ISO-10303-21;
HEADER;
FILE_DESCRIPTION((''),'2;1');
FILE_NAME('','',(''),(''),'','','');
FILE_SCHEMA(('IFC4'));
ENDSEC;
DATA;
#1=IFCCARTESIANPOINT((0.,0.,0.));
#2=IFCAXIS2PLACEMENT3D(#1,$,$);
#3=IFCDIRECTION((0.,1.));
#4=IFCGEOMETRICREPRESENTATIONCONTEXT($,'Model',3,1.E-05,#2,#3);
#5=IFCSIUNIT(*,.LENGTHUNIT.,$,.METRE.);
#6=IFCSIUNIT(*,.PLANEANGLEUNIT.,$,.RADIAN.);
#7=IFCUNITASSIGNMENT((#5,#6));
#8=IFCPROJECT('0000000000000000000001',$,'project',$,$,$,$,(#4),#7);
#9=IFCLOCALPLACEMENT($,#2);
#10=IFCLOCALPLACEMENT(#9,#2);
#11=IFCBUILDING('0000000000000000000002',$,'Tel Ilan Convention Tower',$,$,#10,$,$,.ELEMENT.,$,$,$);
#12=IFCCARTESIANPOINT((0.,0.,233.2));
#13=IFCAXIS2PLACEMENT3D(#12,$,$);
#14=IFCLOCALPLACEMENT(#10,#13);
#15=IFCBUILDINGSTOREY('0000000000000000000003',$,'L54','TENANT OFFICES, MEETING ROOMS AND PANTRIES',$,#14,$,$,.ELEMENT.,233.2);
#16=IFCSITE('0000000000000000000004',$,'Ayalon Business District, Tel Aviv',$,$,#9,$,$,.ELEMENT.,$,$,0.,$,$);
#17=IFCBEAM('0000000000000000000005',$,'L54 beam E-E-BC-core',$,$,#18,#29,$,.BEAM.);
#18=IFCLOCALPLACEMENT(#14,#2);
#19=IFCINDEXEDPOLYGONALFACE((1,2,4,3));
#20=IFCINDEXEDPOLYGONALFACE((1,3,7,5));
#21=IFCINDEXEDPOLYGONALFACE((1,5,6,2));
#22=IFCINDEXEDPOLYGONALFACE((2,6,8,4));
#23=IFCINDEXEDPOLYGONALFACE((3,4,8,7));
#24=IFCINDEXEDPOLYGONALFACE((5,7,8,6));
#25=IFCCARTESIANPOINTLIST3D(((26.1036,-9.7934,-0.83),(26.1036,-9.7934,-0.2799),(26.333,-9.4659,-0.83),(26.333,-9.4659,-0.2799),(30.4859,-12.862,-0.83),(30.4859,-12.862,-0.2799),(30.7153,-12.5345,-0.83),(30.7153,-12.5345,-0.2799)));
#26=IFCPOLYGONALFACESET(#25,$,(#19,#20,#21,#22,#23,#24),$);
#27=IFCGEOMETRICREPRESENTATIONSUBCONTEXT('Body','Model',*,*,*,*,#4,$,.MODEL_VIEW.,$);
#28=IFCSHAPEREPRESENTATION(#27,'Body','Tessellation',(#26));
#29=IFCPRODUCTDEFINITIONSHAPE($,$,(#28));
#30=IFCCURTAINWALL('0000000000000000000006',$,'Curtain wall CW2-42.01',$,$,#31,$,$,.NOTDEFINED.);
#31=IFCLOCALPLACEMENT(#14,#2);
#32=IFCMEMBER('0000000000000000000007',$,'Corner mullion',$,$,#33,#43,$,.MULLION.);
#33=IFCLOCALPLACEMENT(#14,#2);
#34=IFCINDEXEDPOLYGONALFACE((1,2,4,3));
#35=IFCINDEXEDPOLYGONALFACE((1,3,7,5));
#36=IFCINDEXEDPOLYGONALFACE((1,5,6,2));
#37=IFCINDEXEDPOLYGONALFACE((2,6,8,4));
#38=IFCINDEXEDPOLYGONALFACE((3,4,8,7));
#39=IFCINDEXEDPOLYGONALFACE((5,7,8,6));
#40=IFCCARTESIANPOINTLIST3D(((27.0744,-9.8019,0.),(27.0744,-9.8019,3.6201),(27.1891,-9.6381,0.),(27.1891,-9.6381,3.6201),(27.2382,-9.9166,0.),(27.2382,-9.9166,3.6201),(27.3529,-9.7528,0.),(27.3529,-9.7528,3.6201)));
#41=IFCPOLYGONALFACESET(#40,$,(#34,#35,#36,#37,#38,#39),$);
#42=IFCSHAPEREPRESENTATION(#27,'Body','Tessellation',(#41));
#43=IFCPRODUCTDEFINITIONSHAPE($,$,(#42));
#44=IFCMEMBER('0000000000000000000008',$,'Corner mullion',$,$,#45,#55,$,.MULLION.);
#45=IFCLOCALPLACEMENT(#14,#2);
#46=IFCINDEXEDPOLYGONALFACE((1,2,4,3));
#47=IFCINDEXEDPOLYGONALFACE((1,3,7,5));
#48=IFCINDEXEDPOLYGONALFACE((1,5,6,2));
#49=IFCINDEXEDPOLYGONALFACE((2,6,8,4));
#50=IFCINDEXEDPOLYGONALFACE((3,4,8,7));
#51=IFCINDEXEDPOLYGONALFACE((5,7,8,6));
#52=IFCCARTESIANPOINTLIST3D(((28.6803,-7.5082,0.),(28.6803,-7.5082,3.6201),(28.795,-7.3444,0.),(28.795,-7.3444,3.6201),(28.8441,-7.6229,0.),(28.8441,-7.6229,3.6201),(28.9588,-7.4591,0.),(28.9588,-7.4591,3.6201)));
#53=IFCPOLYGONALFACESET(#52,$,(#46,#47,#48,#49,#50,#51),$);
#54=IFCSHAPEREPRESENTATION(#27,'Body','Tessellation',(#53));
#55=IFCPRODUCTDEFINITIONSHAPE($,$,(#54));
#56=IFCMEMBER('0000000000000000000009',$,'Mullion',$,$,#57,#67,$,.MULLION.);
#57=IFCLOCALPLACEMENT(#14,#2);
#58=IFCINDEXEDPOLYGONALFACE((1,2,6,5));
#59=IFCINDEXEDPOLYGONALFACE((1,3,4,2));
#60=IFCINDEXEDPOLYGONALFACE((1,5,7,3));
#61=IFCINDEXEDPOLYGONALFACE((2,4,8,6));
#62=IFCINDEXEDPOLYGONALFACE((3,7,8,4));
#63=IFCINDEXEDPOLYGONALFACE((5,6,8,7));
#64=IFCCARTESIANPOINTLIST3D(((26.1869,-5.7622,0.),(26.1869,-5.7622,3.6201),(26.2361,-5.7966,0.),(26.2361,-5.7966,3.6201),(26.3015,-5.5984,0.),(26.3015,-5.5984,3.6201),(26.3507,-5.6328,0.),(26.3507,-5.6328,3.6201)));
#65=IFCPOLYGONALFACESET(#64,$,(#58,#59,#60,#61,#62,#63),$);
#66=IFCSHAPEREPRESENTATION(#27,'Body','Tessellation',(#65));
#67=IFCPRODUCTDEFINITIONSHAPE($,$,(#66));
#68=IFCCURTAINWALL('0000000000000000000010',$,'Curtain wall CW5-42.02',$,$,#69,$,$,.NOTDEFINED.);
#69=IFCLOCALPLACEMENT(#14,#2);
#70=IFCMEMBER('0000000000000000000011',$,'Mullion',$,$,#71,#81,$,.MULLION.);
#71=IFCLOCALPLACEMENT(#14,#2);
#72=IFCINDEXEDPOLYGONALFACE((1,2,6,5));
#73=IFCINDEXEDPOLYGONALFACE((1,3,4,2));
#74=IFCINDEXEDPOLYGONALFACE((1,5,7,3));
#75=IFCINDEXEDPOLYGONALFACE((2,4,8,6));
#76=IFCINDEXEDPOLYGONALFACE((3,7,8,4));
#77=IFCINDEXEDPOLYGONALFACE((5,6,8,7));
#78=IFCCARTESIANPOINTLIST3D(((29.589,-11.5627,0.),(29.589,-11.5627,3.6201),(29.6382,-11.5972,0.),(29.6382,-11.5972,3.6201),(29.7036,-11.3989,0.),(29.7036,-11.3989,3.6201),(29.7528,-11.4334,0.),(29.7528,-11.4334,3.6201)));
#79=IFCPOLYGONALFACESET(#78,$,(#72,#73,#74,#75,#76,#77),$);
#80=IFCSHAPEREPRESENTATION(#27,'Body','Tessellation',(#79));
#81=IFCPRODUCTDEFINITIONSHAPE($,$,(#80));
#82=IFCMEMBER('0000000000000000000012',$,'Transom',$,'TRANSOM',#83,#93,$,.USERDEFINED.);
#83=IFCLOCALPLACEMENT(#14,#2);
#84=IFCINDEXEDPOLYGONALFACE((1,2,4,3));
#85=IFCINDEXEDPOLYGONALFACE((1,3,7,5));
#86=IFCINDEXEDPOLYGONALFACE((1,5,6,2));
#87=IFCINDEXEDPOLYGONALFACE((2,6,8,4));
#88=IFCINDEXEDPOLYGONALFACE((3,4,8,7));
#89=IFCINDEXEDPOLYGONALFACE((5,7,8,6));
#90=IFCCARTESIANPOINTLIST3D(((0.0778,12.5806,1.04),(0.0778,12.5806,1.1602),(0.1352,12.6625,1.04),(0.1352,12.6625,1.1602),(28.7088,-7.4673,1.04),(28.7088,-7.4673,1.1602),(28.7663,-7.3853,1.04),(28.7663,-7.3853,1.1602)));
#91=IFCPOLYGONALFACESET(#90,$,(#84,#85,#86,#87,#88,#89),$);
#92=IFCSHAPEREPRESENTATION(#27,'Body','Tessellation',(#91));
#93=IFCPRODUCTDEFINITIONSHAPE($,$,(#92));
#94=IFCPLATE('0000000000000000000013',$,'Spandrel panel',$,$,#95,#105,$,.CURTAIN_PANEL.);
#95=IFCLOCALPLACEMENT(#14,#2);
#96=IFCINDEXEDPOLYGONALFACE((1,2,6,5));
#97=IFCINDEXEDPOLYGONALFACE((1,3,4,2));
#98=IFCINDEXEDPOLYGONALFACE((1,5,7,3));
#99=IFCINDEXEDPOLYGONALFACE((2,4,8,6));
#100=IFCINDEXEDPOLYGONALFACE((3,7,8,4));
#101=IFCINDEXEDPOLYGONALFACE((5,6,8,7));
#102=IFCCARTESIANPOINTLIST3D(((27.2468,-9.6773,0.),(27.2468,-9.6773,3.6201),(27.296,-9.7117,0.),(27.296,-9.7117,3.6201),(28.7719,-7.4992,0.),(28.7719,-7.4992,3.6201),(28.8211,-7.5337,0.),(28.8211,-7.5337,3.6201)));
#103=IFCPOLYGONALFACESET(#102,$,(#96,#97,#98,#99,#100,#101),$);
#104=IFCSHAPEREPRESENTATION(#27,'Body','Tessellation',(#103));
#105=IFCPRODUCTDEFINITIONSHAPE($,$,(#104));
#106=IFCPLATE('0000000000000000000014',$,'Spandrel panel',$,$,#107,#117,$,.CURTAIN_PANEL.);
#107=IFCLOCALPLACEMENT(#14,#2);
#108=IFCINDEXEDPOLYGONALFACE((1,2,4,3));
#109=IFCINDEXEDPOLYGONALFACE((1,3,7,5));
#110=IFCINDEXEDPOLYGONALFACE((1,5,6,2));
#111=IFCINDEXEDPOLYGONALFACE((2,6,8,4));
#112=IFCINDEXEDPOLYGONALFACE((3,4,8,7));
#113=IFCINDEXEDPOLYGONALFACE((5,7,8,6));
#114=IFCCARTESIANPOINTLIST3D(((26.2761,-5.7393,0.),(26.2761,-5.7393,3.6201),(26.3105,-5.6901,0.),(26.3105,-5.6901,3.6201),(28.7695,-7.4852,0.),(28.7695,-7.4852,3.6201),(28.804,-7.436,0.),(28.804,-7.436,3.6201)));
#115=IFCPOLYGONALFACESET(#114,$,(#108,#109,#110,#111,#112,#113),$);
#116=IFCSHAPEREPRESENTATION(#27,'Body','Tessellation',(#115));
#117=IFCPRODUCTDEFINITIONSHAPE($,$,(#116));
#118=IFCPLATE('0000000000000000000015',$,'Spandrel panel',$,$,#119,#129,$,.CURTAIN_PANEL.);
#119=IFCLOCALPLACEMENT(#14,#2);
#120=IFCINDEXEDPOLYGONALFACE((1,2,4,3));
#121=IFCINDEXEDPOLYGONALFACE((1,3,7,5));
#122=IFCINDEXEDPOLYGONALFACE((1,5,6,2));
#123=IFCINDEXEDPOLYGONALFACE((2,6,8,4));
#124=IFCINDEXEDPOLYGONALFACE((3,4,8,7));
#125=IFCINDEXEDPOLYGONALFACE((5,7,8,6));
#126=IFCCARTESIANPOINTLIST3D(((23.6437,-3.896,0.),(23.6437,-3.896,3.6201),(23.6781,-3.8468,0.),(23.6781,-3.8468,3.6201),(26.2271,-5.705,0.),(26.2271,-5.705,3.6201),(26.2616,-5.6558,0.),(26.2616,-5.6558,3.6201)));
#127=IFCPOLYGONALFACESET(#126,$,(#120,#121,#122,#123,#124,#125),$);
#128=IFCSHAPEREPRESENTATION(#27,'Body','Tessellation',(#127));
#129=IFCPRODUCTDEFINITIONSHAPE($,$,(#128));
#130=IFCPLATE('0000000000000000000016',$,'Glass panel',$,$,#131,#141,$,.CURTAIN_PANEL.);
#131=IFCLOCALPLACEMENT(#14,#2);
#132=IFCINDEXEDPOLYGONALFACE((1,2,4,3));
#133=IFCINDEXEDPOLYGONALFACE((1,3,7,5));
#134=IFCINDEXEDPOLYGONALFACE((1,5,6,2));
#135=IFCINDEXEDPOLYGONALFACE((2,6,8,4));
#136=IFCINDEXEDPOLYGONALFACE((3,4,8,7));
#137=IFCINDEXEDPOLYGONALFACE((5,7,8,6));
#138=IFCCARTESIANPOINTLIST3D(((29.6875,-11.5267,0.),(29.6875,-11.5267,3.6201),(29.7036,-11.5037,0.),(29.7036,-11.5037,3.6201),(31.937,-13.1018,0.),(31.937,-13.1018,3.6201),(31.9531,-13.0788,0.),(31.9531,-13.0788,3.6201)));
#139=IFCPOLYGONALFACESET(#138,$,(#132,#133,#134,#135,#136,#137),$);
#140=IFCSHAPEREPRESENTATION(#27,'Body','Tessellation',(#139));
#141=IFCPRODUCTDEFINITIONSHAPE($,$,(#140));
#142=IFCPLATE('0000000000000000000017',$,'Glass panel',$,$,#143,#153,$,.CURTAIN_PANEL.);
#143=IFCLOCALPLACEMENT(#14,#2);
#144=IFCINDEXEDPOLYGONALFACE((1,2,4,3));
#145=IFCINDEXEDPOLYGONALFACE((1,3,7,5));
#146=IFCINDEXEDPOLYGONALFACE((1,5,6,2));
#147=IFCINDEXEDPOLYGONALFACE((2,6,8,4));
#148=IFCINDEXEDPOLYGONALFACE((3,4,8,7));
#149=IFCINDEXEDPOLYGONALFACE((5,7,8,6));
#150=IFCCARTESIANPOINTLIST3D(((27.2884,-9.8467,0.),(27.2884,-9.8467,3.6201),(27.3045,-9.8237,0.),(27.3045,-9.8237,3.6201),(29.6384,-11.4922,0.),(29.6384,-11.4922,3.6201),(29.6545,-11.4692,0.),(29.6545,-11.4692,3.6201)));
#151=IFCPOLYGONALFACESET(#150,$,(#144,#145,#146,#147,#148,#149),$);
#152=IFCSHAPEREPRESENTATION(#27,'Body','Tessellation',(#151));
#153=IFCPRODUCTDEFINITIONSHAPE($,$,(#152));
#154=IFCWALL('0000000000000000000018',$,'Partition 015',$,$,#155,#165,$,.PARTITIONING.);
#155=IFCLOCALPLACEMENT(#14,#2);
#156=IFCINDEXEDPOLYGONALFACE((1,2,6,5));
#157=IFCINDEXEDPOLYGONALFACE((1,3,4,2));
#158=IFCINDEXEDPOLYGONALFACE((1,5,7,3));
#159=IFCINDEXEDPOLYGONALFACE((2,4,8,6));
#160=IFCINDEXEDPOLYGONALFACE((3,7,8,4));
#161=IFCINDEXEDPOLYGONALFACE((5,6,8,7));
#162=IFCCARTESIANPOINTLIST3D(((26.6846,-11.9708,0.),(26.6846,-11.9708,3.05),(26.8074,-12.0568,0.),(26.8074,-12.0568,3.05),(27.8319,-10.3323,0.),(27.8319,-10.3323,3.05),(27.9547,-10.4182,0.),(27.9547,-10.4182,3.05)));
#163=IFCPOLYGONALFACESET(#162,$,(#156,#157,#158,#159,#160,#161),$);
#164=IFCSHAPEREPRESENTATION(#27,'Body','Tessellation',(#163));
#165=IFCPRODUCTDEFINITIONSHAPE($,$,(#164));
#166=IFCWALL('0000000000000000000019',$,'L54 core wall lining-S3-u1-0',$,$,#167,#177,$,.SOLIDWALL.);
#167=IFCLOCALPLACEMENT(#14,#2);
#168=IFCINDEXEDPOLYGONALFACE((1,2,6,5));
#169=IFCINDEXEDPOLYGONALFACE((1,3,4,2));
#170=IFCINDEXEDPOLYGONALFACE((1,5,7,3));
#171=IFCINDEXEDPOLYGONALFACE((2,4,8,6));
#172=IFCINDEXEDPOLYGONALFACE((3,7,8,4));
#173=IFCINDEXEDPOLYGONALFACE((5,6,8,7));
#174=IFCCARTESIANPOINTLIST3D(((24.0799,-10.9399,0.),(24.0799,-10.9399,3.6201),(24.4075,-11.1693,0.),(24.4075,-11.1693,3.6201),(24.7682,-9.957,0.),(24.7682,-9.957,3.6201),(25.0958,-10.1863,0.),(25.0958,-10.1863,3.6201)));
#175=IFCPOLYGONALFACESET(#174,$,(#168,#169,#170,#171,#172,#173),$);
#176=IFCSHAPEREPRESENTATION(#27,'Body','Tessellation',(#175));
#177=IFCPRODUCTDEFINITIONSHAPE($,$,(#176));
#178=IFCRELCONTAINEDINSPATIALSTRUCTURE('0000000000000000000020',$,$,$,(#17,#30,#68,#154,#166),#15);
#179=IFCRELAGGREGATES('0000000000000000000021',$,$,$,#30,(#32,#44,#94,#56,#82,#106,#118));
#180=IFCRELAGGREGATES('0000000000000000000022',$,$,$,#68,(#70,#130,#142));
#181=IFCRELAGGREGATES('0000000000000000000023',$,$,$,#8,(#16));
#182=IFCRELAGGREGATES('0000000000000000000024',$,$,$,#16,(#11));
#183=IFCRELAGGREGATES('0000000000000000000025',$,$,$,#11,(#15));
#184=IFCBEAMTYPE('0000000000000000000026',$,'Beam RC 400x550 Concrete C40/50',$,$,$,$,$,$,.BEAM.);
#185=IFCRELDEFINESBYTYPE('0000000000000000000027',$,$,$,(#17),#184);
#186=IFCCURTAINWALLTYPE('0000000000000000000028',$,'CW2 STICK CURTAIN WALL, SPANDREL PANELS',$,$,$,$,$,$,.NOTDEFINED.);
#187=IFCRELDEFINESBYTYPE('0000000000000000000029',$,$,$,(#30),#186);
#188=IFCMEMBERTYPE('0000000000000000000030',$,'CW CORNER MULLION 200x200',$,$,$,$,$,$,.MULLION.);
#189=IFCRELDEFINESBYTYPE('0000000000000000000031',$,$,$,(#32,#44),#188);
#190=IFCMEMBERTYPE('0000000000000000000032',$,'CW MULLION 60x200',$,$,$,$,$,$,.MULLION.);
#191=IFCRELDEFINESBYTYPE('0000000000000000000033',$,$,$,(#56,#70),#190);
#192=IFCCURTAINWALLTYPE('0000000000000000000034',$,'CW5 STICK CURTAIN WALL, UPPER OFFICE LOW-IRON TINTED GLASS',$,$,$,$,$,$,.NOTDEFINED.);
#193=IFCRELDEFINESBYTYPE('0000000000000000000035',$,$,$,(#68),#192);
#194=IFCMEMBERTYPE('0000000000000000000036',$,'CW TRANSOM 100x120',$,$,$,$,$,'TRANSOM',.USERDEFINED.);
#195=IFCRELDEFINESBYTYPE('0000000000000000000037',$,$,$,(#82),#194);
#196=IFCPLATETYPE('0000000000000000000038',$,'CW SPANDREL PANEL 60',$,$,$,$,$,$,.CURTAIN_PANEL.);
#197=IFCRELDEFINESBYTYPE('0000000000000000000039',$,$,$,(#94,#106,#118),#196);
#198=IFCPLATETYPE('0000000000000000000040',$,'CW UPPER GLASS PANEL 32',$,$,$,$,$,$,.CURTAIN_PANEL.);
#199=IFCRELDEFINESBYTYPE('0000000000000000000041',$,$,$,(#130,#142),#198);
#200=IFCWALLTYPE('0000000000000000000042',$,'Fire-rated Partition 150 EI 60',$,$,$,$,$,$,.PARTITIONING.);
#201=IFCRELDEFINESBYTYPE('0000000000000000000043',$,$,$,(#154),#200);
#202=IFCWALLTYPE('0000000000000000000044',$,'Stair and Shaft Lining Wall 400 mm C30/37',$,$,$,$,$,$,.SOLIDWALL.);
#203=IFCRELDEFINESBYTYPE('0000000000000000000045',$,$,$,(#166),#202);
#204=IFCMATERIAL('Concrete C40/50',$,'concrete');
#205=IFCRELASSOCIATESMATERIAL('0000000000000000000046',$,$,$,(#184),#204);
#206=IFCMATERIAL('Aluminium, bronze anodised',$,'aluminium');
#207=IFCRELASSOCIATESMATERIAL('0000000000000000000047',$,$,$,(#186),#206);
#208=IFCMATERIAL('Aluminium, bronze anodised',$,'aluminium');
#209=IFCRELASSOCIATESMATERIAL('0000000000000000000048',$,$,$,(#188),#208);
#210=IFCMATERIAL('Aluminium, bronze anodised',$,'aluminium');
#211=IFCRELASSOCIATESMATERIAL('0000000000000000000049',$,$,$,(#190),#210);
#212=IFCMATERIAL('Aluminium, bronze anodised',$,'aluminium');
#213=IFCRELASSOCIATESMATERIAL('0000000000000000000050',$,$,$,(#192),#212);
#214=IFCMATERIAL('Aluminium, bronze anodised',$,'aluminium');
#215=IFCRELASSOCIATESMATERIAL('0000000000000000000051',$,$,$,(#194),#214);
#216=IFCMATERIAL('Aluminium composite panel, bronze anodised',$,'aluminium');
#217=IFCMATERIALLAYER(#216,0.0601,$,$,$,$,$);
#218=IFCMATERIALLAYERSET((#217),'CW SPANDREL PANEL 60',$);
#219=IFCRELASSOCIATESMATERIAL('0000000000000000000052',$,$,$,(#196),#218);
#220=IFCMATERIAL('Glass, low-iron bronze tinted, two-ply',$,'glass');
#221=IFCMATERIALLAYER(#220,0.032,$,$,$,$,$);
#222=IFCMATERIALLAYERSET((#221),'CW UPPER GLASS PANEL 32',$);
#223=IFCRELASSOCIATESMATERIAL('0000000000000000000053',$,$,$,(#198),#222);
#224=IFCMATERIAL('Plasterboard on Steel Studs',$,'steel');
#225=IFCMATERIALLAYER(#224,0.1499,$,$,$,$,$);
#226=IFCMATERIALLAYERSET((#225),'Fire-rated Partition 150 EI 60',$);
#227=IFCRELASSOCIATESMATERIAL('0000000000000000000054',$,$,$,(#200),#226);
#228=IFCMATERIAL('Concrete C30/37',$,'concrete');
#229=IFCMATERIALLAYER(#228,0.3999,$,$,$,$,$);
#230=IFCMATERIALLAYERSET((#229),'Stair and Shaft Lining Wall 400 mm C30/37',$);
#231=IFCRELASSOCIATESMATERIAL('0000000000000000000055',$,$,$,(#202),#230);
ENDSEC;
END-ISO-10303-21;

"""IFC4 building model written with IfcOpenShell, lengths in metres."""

from ifc_helpers import new_model, si_unit, direction, frame, frame_2d, origin, origin_2d, place, context, subcontext, project, spatial, rectangle, extrude, material, layer, layer_set, material_profile, profile_set, type_object, element, aggregate, save


model = new_model("IFC4")

# Units and contexts
model_context = context("Model", 3, precision=1e-05, world=origin(), true_north=direction((0.0, 1.0)))
body_context = subcontext(model_context, "Body", "Model", "MODEL_VIEW")
ifc_project = project(units=[si_unit("LENGTHUNIT", "METRE"), si_unit("PLANEANGLEUNIT", "RADIAN")], contexts=[model_context])

# Site, building, storey
site_placement = place(None, origin())
site = spatial("IfcSite", under=ifc_project, at=site_placement, Name="Ayalon Business District, Tel Aviv", CompositionType="ELEMENT", RefElevation=0.0)
building_placement = place(site_placement, origin())
building = spatial("IfcBuilding", under=site, at=building_placement, Name="Tel Ilan Convention Tower", CompositionType="ELEMENT")
storey_placement = place(building_placement, frame((0.0, 0.0, 233.2)))
storey = spatial("IfcBuildingStorey", under=building, at=storey_placement, Name="L54", Description="TENANT OFFICES, MEETING ROOMS AND PANTRIES", CompositionType="ELEMENT", Elevation=233.2)

# Beam
ifc_material_1 = material(Name="Concrete C40/50", Category="concrete")
ifc_material_profile_1 = material_profile(ifc_material_1, rectangle(XDim=0.3999, YDim=0.55, at=origin_2d()), Name="RC 400x550")
ifc_profile_set_1 = profile_set([ifc_material_profile_1], Name="Concrete C40/50")
beam_type = type_object("IfcBeamType", Name="Beam RC 400x550 Concrete C40/50", PredefinedType="BEAM", material=ifc_profile_set_1)
beam_placement = place(storey_placement, frame((30.6006, -12.6982, -0.5549), z_axis=(-0.819146, 0.573585, 0.0), x_axis=(-0.573585, -0.819146, 0.0)))
element("IfcBeam", 1, at=beam_placement, inside=storey, type_object=beam_type, Name="L54 beam E-E-BC-core", PredefinedType="BEAM", context=body_context, shape_type="SweptSolid", body=[
    extrude(rectangle(XDim=0.3999, YDim=0.55, at=origin_2d()), origin(), (0.0, 0.0, 1.0), 5.3499),
])

# Curtain wall, members
ifc_material_2 = material(Name="Aluminium, bronze anodised", Category="aluminium")
curtain_wall_type_1 = type_object("IfcCurtainWallType", Name="CW2 STICK CURTAIN WALL, SPANDREL PANELS", PredefinedType="NOTDEFINED", material=ifc_material_2)
curtain_wall_1_placement = place(storey_placement, origin())
curtain_wall_1 = element("IfcCurtainWall", 2, at=curtain_wall_1_placement, inside=storey, type_object=curtain_wall_type_1, Name="Curtain wall CW2-42.01", PredefinedType="NOTDEFINED")
ifc_material_3 = material(Name="Aluminium, bronze anodised", Category="aluminium")
ifc_material_profile_2 = material_profile(ifc_material_3, rectangle(XDim=0.2, YDim=0.2, at=origin_2d()), Name="CW CORNER MULLION 200x200")
ifc_profile_set_2 = profile_set([ifc_material_profile_2], Name="Aluminium, bronze anodised")
member_type_1 = type_object("IfcMemberType", Name="CW CORNER MULLION 200x200", PredefinedType="MULLION", material=ifc_profile_set_2)
member_1_placement = place(storey_placement, frame((27.2136, -9.7773, 0.0), z_axis=(0.0, 0.0, 1.0), x_axis=(-0.819152, 0.573576, 0.0)))
member_1 = element("IfcMember", 3, at=member_1_placement, type_object=member_type_1, Name="Corner mullion", PredefinedType="MULLION", context=body_context, shape_type="SweptSolid", body=[
    extrude(rectangle(XDim=0.2, YDim=0.2, at=origin_2d()), origin(), (0.0, 0.0, 1.0), 3.6201),
])
member_2_placement = place(storey_placement, frame((28.8196, -7.4836, 0.0), z_axis=(0.0, 0.0, 1.0), x_axis=(0.573576, 0.819152, 0.0)))
member_2 = element("IfcMember", 4, at=member_2_placement, type_object=member_type_1, Name="Corner mullion", PredefinedType="MULLION", context=body_context, shape_type="SweptSolid", body=[
    extrude(rectangle(XDim=0.2, YDim=0.2, at=origin_2d()), origin(), (0.0, 0.0, 1.0), 3.6201),
])
ifc_material_4 = material(Name="Aluminium, bronze anodised", Category="aluminium")
ifc_material_profile_3 = material_profile(ifc_material_4, rectangle(XDim=0.0601, YDim=0.2, at=origin_2d()), Name="CW MULLION 60x200")
ifc_profile_set_3 = profile_set([ifc_material_profile_3], Name="Aluminium, bronze anodised")
member_type_2 = type_object("IfcMemberType", Name="CW MULLION 60x200", PredefinedType="MULLION", material=ifc_profile_set_3)
member_3_placement = place(storey_placement, frame((26.2688, -5.6975, 0.0), z_axis=(0.0, 0.0, 1.0), x_axis=(-0.819152, 0.573576, 0.0)))
member_3 = element("IfcMember", 5, at=member_3_placement, type_object=member_type_2, Name="Mullion", PredefinedType="MULLION", context=body_context, shape_type="SweptSolid", body=[
    extrude(rectangle(XDim=0.0601, YDim=0.2, at=origin_2d()), origin(), (0.0, 0.0, 1.0), 3.6201),
])

# Curtain wall, member
ifc_material_5 = material(Name="Aluminium, bronze anodised", Category="aluminium")
curtain_wall_type_2 = type_object("IfcCurtainWallType", Name="CW5 STICK CURTAIN WALL, UPPER OFFICE LOW-IRON TINTED GLASS", PredefinedType="NOTDEFINED", material=ifc_material_5)
curtain_wall_2_placement = place(storey_placement, origin())
curtain_wall_2 = element("IfcCurtainWall", 6, at=curtain_wall_2_placement, inside=storey, type_object=curtain_wall_type_2, Name="Curtain wall CW5-42.02", PredefinedType="NOTDEFINED")
member_4_placement = place(storey_placement, frame((29.6709, -11.498, 0.0), z_axis=(0.0, 0.0, 1.0), x_axis=(-0.819152, 0.573576, 0.0)))
member_4 = element("IfcMember", 7, at=member_4_placement, type_object=member_type_2, Name="Mullion", PredefinedType="MULLION", context=body_context, shape_type="SweptSolid", body=[
    extrude(rectangle(XDim=0.0601, YDim=0.2, at=origin_2d()), origin(), (0.0, 0.0, 1.0), 3.6201),
])

# Member
ifc_material_6 = material(Name="Aluminium, bronze anodised", Category="aluminium")
ifc_material_profile_4 = material_profile(ifc_material_6, rectangle(XDim=0.1001, YDim=0.1201, at=origin_2d()), Name="CW TRANSOM 100x120")
ifc_profile_set_4 = profile_set([ifc_material_profile_4], Name="Aluminium, bronze anodised")
member_type_3 = type_object("IfcMemberType", Name="CW TRANSOM 100x120", ElementType="TRANSOM", PredefinedType="USERDEFINED", material=ifc_profile_set_4)
member_5_placement = place(storey_placement, frame((28.7375, -7.4263, 1.1001), z_axis=(-0.81915, 0.573579, 0.0), x_axis=(-0.573579, -0.81915, 0.0)))
member_5 = element("IfcMember", 8, at=member_5_placement, type_object=member_type_3, Name="Transom", ObjectType="TRANSOM", PredefinedType="USERDEFINED", context=body_context, shape_type="SweptSolid", body=[
    extrude(rectangle(XDim=0.1001, YDim=0.1201, at=origin_2d()), origin(), (0.0, 0.0, 1.0), 34.9521),
])

# Plates
ifc_material_7 = material(Name="Aluminium composite panel, bronze anodised", Category="aluminium")
ifc_layer_1 = layer(ifc_material_7, 0.0601)
ifc_layer_set_1 = layer_set([ifc_layer_1], Name="CW SPANDREL PANEL 60")
plate_type_1 = type_object("IfcPlateType", Name="CW SPANDREL PANEL 60", PredefinedType="CURTAIN_PANEL", material=ifc_layer_set_1)
plate_1_placement = place(storey_placement, frame((28.0339, -8.6055, 0.0), z_axis=(0.0, 0.0, 1.0), x_axis=(0.573576, 0.819152, 0.0)))
plate_1 = element("IfcPlate", 9, at=plate_1_placement, type_object=plate_type_1, Name="Spandrel panel", PredefinedType="CURTAIN_PANEL", context=body_context, shape_type="SweptSolid", body=[
    extrude(rectangle(XDim=2.6589, YDim=0.0601, at=origin_2d()), origin(), (0.0, 0.0, 1.0), 3.6201),
])
plate_2_placement = place(storey_placement, frame((27.54, -6.5876, 0.0), z_axis=(0.0, 0.0, 1.0), x_axis=(-0.819152, 0.573576, 0.0)))
plate_2 = element("IfcPlate", 10, at=plate_2_placement, type_object=plate_type_1, Name="Spandrel panel", PredefinedType="CURTAIN_PANEL", context=body_context, shape_type="SweptSolid", body=[
    extrude(rectangle(XDim=3.0439, YDim=0.0601, at=origin_2d()), origin(), (0.0, 0.0, 1.0), 3.6201),
])
plate_3_placement = place(storey_placement, frame((24.9526, -4.7759, 0.0), z_axis=(0.0, 0.0, 1.0), x_axis=(-0.819152, 0.573576, 0.0)))
plate_3 = element("IfcPlate", 11, at=plate_3_placement, type_object=plate_type_1, Name="Spandrel panel", PredefinedType="CURTAIN_PANEL", context=body_context, shape_type="SweptSolid", body=[
    extrude(rectangle(XDim=3.1538, YDim=0.0601, at=origin_2d()), origin(), (0.0, 0.0, 1.0), 3.6201),
])
aggregate(curtain_wall_1, [member_1, member_2, plate_1, member_3, member_5, plate_2, plate_3])
ifc_material_8 = material(Name="Glass, low-iron bronze tinted, two-ply", Category="glass")
ifc_layer_2 = layer(ifc_material_8, 0.032)
ifc_layer_set_2 = layer_set([ifc_layer_2], Name="CW UPPER GLASS PANEL 32")
plate_type_2 = type_object("IfcPlateType", Name="CW UPPER GLASS PANEL 32", PredefinedType="CURTAIN_PANEL", material=ifc_layer_set_2)
plate_4_placement = place(storey_placement, frame((30.8203, -12.3027, 0.0), z_axis=(0.0, 0.0, 1.0), x_axis=(-0.819152, 0.573576, 0.0)))
plate_4 = element("IfcPlate", 12, at=plate_4_placement, type_object=plate_type_2, Name="Glass panel", PredefinedType="CURTAIN_PANEL", context=body_context, shape_type="SweptSolid", body=[
    extrude(rectangle(XDim=2.7461, YDim=0.0281, at=origin_2d()), origin(), (0.0, 0.0, 1.0), 3.6201),
])
plate_5_placement = place(storey_placement, frame((28.4714, -10.658, 0.0), z_axis=(0.0, 0.0, 1.0), x_axis=(-0.819152, 0.573576, 0.0)))
plate_5 = element("IfcPlate", 13, at=plate_5_placement, type_object=plate_type_2, Name="Glass panel", PredefinedType="CURTAIN_PANEL", context=body_context, shape_type="SweptSolid", body=[
    extrude(rectangle(XDim=2.8689, YDim=0.0281, at=origin_2d()), origin(), (0.0, 0.0, 1.0), 3.6201),
])
aggregate(curtain_wall_2, [member_4, plate_4, plate_5])

# Walls
ifc_material_9 = material(Name="Plasterboard on Steel Studs", Category="steel")
ifc_layer_3 = layer(ifc_material_9, 0.1499)
ifc_layer_set_3 = layer_set([ifc_layer_3], Name="Fire-rated Partition 150 EI 60")
wall_type_1 = type_object("IfcWallType", Name="Fire-rated Partition 150 EI 60", PredefinedType="PARTITIONING", material=ifc_layer_set_3)
wall_1_placement = place(storey_placement, frame((26.7461, -12.0137, 0.0), z_axis=(0.0, 0.0, 1.0), x_axis=(0.573569, 0.819157, 0.0)))
element("IfcWall", 14, at=wall_1_placement, inside=storey, type_object=wall_type_1, Name="Partition 015", PredefinedType="PARTITIONING", context=body_context, shape_type="SweptSolid", body=[
    extrude(rectangle(XDim=2.0002, YDim=0.1499, at=frame_2d((1.0, 0.0))), origin(), (0.0, 0.0, 1.0), 3.05),
])
ifc_material_10 = material(Name="Concrete C30/37", Category="concrete")
ifc_layer_4 = layer(ifc_material_10, 0.3999)
ifc_layer_set_4 = layer_set([ifc_layer_4], Name="Stair and Shaft Lining Wall 400 mm C30/37")
wall_type_2 = type_object("IfcWallType", Name="Stair and Shaft Lining Wall 400 mm C30/37", PredefinedType="SOLIDWALL", material=ifc_layer_set_4)
wall_2_placement = place(storey_placement, frame((24.2437, -11.0547, 0.0), z_axis=(0.0, 0.0, 1.0), x_axis=(0.573572, 0.819155, 0.0)))
element("IfcWall", 15, at=wall_2_placement, inside=storey, type_object=wall_type_2, Name="L54 core wall lining-S3-u1-0", PredefinedType="SOLIDWALL", context=body_context, shape_type="SweptSolid", body=[
    extrude(rectangle(XDim=1.2, YDim=0.3999, at=frame_2d((0.6001, 0.0))), origin(), (0.0, 0.0, 1.0), 3.6201),
])

save(model, "model.ifc")
